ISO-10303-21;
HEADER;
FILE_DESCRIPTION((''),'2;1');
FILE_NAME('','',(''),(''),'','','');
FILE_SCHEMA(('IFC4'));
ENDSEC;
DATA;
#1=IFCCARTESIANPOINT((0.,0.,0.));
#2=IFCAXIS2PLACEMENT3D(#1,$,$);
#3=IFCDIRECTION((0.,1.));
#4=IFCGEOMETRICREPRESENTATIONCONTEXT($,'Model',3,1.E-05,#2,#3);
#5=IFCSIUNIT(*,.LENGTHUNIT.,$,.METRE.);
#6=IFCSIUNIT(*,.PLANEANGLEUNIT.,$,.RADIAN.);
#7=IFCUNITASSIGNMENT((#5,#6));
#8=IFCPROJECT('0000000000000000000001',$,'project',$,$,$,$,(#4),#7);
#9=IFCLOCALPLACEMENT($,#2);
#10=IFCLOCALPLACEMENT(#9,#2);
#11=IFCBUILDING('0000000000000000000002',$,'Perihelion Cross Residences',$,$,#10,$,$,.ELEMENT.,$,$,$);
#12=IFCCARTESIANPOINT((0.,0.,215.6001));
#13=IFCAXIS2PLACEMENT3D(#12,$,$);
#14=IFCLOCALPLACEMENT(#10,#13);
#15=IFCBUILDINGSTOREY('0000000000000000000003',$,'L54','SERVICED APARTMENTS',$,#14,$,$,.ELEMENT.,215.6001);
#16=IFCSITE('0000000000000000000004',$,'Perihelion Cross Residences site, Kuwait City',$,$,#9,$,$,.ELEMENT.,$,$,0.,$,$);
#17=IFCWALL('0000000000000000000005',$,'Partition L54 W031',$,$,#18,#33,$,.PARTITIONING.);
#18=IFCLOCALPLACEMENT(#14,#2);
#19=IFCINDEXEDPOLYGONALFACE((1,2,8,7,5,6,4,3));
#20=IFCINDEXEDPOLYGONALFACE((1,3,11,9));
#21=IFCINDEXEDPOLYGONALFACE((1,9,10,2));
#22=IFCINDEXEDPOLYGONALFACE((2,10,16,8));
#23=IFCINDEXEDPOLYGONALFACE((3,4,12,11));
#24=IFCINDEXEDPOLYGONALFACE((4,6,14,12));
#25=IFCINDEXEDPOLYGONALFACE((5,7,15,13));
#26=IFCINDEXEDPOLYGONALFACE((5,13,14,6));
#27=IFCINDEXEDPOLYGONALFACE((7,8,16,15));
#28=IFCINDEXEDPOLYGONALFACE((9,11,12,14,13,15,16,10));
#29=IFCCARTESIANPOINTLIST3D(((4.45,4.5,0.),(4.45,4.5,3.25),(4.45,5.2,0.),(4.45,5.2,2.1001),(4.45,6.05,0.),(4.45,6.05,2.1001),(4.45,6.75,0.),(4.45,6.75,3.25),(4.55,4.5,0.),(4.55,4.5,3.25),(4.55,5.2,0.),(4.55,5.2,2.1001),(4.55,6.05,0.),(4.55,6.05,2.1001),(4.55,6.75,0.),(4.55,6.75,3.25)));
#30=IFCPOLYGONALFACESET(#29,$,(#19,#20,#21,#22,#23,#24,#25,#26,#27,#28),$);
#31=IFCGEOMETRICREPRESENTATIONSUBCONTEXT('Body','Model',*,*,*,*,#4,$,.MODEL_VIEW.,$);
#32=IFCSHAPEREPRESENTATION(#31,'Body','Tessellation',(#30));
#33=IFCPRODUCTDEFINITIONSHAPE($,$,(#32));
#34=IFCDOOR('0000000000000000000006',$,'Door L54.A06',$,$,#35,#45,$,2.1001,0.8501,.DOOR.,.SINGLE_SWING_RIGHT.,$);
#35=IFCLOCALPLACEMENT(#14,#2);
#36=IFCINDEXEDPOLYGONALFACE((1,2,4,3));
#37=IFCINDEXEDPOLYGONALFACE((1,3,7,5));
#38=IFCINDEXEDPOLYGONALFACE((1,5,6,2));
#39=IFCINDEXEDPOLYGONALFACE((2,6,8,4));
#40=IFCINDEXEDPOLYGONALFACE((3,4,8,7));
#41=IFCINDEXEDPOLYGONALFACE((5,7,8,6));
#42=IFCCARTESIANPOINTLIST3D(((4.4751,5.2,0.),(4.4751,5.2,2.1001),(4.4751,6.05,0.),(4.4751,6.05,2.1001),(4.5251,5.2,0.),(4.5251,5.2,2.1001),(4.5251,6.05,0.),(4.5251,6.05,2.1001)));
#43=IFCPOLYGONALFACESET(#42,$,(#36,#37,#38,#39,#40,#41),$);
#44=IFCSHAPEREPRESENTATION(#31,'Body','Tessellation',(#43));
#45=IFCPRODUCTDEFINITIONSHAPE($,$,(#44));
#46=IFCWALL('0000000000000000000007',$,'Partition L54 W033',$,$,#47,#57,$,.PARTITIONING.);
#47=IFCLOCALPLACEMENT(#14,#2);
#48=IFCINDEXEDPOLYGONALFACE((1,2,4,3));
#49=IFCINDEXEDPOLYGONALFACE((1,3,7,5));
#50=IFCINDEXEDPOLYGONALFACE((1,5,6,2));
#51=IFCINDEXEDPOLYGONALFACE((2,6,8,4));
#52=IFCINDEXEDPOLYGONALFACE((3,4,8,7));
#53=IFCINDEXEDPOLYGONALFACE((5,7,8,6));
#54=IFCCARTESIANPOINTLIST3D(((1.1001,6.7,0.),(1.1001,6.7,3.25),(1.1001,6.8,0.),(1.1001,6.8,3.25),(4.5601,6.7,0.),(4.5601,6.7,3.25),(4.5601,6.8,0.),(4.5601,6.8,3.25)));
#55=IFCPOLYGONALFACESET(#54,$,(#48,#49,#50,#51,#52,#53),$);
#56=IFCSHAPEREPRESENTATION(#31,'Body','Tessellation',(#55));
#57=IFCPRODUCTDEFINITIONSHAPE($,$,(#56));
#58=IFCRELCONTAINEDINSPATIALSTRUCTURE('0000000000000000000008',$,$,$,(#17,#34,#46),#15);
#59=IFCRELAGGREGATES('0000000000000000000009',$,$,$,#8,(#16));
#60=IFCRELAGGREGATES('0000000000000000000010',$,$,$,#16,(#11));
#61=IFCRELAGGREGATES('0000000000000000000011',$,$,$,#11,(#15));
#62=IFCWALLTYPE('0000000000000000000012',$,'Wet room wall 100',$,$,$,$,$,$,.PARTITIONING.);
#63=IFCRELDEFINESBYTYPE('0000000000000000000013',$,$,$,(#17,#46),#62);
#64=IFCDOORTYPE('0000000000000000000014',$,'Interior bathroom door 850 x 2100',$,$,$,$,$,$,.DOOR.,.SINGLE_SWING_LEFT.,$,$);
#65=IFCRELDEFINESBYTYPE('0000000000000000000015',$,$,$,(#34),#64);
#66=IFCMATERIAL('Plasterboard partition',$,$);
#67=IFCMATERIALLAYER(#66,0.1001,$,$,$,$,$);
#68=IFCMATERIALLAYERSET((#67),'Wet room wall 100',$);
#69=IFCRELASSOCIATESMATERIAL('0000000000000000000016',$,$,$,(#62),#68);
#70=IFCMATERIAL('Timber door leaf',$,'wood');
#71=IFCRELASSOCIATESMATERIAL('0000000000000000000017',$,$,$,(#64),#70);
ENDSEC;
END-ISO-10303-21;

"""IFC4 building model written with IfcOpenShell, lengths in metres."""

from ifc_helpers import new_model, si_unit, direction, frame, frame_2d, origin, place, context, subcontext, project, spatial, rectangle, extrude, material, layer, layer_set, type_object, element, fill, save


model = new_model("IFC4")

# Units and contexts
model_context = context("Model", 3, precision=1e-05, world=origin(), true_north=direction((0.0, 1.0)))
body_context = subcontext(model_context, "Body", "Model", "MODEL_VIEW")
ifc_project = project(units=[si_unit("LENGTHUNIT", "METRE"), si_unit("PLANEANGLEUNIT", "RADIAN")], contexts=[model_context])

# Site, building, storey
site_placement = place(None, origin())
site = spatial("IfcSite", under=ifc_project, at=site_placement, Name="Perihelion Cross Residences site, Kuwait City", CompositionType="ELEMENT", RefElevation=0.0)
building_placement = place(site_placement, origin())
building = spatial("IfcBuilding", under=site, at=building_placement, Name="Perihelion Cross Residences", CompositionType="ELEMENT")
storey_placement = place(building_placement, frame((0.0, 0.0, 215.6001)))
storey = spatial("IfcBuildingStorey", under=building, at=storey_placement, Name="L54", Description="SERVICED APARTMENTS", CompositionType="ELEMENT", Elevation=215.6001)

# Wall, opening, door
ifc_material_1 = material(Name="Plasterboard partition")
ifc_layer_1 = layer(ifc_material_1, 0.1001)
ifc_layer_set_1 = layer_set([ifc_layer_1], Name="Wet room wall 100")
wall_type_1 = type_object("IfcWallType", Name="Wet room wall 100", PredefinedType="PARTITIONING", material=ifc_layer_set_1)
wall_1_placement = place(storey_placement, frame((4.5, 4.5, 0.0), z_axis=(0.0, 0.0, 1.0), x_axis=(0.0, 1.0, 0.0)))
wall_1 = element("IfcWall", 1, at=wall_1_placement, inside=storey, type_object=wall_type_1, Name="Partition L54 W031", PredefinedType="PARTITIONING", context=body_context, shape_type="SweptSolid", body=[
    extrude(rectangle(XDim=2.25, YDim=0.1001, at=frame_2d((1.125, 0.0))), origin(), (0.0, 0.0, 1.0), 3.25),
])
opening_1_placement = place(wall_1_placement, frame((0.7, 0.0, 0.0)))
opening_1 = element("IfcOpeningElement", 2, at=opening_1_placement, cuts=wall_1, PredefinedType="OPENING", context=body_context, shape_type="SweptSolid", body=[
    extrude(rectangle(XDim=0.8501, YDim=2.1001, at=frame_2d((0.425, 1.05))), frame((0.0, 0.0601, 0.0), z_axis=(0.0, -1.0, 0.0), x_axis=(1.0, 0.0, 0.0)), (0.0, 0.0, 1.0), 0.1201),
])
ifc_material_2 = material(Name="Timber door leaf", Category="wood")
door_type_1 = type_object("IfcDoorType", Name="Interior bathroom door 850 x 2100", OperationType="SINGLE_SWING_LEFT", PredefinedType="DOOR", material=ifc_material_2)
door_1_placement = place(opening_1_placement, origin())
door_1 = element("IfcDoor", 3, at=door_1_placement, inside=storey, type_object=door_type_1, Name="Door L54.A06", OperationType="SINGLE_SWING_RIGHT", OverallHeight=2.1001, OverallWidth=0.8501, PredefinedType="DOOR", context=body_context, shape_type="SweptSolid", body=[
    extrude(rectangle(XDim=0.8501, YDim=2.1001, at=frame_2d((0.425, 1.05))), frame((0.0, 0.0249, 0.0), z_axis=(0.0, -1.0, 0.0), x_axis=(1.0, 0.0, 0.0)), (0.0, 0.0, 1.0), 0.05),
])
fill(opening_1, door_1)

# Wall
wall_2_placement = place(storey_placement, frame((1.1001, 6.75, 0.0), z_axis=(0.0, 0.0, 1.0), x_axis=(1.0, 0.0, 0.0)))
element("IfcWall", 4, at=wall_2_placement, inside=storey, type_object=wall_type_1, Name="Partition L54 W033", PredefinedType="PARTITIONING", context=body_context, shape_type="SweptSolid", body=[
    extrude(rectangle(XDim=3.46, YDim=0.1001, at=frame_2d((1.73, 0.0))), origin(), (0.0, 0.0, 1.0), 3.25),
])

save(model, "model.ifc")
